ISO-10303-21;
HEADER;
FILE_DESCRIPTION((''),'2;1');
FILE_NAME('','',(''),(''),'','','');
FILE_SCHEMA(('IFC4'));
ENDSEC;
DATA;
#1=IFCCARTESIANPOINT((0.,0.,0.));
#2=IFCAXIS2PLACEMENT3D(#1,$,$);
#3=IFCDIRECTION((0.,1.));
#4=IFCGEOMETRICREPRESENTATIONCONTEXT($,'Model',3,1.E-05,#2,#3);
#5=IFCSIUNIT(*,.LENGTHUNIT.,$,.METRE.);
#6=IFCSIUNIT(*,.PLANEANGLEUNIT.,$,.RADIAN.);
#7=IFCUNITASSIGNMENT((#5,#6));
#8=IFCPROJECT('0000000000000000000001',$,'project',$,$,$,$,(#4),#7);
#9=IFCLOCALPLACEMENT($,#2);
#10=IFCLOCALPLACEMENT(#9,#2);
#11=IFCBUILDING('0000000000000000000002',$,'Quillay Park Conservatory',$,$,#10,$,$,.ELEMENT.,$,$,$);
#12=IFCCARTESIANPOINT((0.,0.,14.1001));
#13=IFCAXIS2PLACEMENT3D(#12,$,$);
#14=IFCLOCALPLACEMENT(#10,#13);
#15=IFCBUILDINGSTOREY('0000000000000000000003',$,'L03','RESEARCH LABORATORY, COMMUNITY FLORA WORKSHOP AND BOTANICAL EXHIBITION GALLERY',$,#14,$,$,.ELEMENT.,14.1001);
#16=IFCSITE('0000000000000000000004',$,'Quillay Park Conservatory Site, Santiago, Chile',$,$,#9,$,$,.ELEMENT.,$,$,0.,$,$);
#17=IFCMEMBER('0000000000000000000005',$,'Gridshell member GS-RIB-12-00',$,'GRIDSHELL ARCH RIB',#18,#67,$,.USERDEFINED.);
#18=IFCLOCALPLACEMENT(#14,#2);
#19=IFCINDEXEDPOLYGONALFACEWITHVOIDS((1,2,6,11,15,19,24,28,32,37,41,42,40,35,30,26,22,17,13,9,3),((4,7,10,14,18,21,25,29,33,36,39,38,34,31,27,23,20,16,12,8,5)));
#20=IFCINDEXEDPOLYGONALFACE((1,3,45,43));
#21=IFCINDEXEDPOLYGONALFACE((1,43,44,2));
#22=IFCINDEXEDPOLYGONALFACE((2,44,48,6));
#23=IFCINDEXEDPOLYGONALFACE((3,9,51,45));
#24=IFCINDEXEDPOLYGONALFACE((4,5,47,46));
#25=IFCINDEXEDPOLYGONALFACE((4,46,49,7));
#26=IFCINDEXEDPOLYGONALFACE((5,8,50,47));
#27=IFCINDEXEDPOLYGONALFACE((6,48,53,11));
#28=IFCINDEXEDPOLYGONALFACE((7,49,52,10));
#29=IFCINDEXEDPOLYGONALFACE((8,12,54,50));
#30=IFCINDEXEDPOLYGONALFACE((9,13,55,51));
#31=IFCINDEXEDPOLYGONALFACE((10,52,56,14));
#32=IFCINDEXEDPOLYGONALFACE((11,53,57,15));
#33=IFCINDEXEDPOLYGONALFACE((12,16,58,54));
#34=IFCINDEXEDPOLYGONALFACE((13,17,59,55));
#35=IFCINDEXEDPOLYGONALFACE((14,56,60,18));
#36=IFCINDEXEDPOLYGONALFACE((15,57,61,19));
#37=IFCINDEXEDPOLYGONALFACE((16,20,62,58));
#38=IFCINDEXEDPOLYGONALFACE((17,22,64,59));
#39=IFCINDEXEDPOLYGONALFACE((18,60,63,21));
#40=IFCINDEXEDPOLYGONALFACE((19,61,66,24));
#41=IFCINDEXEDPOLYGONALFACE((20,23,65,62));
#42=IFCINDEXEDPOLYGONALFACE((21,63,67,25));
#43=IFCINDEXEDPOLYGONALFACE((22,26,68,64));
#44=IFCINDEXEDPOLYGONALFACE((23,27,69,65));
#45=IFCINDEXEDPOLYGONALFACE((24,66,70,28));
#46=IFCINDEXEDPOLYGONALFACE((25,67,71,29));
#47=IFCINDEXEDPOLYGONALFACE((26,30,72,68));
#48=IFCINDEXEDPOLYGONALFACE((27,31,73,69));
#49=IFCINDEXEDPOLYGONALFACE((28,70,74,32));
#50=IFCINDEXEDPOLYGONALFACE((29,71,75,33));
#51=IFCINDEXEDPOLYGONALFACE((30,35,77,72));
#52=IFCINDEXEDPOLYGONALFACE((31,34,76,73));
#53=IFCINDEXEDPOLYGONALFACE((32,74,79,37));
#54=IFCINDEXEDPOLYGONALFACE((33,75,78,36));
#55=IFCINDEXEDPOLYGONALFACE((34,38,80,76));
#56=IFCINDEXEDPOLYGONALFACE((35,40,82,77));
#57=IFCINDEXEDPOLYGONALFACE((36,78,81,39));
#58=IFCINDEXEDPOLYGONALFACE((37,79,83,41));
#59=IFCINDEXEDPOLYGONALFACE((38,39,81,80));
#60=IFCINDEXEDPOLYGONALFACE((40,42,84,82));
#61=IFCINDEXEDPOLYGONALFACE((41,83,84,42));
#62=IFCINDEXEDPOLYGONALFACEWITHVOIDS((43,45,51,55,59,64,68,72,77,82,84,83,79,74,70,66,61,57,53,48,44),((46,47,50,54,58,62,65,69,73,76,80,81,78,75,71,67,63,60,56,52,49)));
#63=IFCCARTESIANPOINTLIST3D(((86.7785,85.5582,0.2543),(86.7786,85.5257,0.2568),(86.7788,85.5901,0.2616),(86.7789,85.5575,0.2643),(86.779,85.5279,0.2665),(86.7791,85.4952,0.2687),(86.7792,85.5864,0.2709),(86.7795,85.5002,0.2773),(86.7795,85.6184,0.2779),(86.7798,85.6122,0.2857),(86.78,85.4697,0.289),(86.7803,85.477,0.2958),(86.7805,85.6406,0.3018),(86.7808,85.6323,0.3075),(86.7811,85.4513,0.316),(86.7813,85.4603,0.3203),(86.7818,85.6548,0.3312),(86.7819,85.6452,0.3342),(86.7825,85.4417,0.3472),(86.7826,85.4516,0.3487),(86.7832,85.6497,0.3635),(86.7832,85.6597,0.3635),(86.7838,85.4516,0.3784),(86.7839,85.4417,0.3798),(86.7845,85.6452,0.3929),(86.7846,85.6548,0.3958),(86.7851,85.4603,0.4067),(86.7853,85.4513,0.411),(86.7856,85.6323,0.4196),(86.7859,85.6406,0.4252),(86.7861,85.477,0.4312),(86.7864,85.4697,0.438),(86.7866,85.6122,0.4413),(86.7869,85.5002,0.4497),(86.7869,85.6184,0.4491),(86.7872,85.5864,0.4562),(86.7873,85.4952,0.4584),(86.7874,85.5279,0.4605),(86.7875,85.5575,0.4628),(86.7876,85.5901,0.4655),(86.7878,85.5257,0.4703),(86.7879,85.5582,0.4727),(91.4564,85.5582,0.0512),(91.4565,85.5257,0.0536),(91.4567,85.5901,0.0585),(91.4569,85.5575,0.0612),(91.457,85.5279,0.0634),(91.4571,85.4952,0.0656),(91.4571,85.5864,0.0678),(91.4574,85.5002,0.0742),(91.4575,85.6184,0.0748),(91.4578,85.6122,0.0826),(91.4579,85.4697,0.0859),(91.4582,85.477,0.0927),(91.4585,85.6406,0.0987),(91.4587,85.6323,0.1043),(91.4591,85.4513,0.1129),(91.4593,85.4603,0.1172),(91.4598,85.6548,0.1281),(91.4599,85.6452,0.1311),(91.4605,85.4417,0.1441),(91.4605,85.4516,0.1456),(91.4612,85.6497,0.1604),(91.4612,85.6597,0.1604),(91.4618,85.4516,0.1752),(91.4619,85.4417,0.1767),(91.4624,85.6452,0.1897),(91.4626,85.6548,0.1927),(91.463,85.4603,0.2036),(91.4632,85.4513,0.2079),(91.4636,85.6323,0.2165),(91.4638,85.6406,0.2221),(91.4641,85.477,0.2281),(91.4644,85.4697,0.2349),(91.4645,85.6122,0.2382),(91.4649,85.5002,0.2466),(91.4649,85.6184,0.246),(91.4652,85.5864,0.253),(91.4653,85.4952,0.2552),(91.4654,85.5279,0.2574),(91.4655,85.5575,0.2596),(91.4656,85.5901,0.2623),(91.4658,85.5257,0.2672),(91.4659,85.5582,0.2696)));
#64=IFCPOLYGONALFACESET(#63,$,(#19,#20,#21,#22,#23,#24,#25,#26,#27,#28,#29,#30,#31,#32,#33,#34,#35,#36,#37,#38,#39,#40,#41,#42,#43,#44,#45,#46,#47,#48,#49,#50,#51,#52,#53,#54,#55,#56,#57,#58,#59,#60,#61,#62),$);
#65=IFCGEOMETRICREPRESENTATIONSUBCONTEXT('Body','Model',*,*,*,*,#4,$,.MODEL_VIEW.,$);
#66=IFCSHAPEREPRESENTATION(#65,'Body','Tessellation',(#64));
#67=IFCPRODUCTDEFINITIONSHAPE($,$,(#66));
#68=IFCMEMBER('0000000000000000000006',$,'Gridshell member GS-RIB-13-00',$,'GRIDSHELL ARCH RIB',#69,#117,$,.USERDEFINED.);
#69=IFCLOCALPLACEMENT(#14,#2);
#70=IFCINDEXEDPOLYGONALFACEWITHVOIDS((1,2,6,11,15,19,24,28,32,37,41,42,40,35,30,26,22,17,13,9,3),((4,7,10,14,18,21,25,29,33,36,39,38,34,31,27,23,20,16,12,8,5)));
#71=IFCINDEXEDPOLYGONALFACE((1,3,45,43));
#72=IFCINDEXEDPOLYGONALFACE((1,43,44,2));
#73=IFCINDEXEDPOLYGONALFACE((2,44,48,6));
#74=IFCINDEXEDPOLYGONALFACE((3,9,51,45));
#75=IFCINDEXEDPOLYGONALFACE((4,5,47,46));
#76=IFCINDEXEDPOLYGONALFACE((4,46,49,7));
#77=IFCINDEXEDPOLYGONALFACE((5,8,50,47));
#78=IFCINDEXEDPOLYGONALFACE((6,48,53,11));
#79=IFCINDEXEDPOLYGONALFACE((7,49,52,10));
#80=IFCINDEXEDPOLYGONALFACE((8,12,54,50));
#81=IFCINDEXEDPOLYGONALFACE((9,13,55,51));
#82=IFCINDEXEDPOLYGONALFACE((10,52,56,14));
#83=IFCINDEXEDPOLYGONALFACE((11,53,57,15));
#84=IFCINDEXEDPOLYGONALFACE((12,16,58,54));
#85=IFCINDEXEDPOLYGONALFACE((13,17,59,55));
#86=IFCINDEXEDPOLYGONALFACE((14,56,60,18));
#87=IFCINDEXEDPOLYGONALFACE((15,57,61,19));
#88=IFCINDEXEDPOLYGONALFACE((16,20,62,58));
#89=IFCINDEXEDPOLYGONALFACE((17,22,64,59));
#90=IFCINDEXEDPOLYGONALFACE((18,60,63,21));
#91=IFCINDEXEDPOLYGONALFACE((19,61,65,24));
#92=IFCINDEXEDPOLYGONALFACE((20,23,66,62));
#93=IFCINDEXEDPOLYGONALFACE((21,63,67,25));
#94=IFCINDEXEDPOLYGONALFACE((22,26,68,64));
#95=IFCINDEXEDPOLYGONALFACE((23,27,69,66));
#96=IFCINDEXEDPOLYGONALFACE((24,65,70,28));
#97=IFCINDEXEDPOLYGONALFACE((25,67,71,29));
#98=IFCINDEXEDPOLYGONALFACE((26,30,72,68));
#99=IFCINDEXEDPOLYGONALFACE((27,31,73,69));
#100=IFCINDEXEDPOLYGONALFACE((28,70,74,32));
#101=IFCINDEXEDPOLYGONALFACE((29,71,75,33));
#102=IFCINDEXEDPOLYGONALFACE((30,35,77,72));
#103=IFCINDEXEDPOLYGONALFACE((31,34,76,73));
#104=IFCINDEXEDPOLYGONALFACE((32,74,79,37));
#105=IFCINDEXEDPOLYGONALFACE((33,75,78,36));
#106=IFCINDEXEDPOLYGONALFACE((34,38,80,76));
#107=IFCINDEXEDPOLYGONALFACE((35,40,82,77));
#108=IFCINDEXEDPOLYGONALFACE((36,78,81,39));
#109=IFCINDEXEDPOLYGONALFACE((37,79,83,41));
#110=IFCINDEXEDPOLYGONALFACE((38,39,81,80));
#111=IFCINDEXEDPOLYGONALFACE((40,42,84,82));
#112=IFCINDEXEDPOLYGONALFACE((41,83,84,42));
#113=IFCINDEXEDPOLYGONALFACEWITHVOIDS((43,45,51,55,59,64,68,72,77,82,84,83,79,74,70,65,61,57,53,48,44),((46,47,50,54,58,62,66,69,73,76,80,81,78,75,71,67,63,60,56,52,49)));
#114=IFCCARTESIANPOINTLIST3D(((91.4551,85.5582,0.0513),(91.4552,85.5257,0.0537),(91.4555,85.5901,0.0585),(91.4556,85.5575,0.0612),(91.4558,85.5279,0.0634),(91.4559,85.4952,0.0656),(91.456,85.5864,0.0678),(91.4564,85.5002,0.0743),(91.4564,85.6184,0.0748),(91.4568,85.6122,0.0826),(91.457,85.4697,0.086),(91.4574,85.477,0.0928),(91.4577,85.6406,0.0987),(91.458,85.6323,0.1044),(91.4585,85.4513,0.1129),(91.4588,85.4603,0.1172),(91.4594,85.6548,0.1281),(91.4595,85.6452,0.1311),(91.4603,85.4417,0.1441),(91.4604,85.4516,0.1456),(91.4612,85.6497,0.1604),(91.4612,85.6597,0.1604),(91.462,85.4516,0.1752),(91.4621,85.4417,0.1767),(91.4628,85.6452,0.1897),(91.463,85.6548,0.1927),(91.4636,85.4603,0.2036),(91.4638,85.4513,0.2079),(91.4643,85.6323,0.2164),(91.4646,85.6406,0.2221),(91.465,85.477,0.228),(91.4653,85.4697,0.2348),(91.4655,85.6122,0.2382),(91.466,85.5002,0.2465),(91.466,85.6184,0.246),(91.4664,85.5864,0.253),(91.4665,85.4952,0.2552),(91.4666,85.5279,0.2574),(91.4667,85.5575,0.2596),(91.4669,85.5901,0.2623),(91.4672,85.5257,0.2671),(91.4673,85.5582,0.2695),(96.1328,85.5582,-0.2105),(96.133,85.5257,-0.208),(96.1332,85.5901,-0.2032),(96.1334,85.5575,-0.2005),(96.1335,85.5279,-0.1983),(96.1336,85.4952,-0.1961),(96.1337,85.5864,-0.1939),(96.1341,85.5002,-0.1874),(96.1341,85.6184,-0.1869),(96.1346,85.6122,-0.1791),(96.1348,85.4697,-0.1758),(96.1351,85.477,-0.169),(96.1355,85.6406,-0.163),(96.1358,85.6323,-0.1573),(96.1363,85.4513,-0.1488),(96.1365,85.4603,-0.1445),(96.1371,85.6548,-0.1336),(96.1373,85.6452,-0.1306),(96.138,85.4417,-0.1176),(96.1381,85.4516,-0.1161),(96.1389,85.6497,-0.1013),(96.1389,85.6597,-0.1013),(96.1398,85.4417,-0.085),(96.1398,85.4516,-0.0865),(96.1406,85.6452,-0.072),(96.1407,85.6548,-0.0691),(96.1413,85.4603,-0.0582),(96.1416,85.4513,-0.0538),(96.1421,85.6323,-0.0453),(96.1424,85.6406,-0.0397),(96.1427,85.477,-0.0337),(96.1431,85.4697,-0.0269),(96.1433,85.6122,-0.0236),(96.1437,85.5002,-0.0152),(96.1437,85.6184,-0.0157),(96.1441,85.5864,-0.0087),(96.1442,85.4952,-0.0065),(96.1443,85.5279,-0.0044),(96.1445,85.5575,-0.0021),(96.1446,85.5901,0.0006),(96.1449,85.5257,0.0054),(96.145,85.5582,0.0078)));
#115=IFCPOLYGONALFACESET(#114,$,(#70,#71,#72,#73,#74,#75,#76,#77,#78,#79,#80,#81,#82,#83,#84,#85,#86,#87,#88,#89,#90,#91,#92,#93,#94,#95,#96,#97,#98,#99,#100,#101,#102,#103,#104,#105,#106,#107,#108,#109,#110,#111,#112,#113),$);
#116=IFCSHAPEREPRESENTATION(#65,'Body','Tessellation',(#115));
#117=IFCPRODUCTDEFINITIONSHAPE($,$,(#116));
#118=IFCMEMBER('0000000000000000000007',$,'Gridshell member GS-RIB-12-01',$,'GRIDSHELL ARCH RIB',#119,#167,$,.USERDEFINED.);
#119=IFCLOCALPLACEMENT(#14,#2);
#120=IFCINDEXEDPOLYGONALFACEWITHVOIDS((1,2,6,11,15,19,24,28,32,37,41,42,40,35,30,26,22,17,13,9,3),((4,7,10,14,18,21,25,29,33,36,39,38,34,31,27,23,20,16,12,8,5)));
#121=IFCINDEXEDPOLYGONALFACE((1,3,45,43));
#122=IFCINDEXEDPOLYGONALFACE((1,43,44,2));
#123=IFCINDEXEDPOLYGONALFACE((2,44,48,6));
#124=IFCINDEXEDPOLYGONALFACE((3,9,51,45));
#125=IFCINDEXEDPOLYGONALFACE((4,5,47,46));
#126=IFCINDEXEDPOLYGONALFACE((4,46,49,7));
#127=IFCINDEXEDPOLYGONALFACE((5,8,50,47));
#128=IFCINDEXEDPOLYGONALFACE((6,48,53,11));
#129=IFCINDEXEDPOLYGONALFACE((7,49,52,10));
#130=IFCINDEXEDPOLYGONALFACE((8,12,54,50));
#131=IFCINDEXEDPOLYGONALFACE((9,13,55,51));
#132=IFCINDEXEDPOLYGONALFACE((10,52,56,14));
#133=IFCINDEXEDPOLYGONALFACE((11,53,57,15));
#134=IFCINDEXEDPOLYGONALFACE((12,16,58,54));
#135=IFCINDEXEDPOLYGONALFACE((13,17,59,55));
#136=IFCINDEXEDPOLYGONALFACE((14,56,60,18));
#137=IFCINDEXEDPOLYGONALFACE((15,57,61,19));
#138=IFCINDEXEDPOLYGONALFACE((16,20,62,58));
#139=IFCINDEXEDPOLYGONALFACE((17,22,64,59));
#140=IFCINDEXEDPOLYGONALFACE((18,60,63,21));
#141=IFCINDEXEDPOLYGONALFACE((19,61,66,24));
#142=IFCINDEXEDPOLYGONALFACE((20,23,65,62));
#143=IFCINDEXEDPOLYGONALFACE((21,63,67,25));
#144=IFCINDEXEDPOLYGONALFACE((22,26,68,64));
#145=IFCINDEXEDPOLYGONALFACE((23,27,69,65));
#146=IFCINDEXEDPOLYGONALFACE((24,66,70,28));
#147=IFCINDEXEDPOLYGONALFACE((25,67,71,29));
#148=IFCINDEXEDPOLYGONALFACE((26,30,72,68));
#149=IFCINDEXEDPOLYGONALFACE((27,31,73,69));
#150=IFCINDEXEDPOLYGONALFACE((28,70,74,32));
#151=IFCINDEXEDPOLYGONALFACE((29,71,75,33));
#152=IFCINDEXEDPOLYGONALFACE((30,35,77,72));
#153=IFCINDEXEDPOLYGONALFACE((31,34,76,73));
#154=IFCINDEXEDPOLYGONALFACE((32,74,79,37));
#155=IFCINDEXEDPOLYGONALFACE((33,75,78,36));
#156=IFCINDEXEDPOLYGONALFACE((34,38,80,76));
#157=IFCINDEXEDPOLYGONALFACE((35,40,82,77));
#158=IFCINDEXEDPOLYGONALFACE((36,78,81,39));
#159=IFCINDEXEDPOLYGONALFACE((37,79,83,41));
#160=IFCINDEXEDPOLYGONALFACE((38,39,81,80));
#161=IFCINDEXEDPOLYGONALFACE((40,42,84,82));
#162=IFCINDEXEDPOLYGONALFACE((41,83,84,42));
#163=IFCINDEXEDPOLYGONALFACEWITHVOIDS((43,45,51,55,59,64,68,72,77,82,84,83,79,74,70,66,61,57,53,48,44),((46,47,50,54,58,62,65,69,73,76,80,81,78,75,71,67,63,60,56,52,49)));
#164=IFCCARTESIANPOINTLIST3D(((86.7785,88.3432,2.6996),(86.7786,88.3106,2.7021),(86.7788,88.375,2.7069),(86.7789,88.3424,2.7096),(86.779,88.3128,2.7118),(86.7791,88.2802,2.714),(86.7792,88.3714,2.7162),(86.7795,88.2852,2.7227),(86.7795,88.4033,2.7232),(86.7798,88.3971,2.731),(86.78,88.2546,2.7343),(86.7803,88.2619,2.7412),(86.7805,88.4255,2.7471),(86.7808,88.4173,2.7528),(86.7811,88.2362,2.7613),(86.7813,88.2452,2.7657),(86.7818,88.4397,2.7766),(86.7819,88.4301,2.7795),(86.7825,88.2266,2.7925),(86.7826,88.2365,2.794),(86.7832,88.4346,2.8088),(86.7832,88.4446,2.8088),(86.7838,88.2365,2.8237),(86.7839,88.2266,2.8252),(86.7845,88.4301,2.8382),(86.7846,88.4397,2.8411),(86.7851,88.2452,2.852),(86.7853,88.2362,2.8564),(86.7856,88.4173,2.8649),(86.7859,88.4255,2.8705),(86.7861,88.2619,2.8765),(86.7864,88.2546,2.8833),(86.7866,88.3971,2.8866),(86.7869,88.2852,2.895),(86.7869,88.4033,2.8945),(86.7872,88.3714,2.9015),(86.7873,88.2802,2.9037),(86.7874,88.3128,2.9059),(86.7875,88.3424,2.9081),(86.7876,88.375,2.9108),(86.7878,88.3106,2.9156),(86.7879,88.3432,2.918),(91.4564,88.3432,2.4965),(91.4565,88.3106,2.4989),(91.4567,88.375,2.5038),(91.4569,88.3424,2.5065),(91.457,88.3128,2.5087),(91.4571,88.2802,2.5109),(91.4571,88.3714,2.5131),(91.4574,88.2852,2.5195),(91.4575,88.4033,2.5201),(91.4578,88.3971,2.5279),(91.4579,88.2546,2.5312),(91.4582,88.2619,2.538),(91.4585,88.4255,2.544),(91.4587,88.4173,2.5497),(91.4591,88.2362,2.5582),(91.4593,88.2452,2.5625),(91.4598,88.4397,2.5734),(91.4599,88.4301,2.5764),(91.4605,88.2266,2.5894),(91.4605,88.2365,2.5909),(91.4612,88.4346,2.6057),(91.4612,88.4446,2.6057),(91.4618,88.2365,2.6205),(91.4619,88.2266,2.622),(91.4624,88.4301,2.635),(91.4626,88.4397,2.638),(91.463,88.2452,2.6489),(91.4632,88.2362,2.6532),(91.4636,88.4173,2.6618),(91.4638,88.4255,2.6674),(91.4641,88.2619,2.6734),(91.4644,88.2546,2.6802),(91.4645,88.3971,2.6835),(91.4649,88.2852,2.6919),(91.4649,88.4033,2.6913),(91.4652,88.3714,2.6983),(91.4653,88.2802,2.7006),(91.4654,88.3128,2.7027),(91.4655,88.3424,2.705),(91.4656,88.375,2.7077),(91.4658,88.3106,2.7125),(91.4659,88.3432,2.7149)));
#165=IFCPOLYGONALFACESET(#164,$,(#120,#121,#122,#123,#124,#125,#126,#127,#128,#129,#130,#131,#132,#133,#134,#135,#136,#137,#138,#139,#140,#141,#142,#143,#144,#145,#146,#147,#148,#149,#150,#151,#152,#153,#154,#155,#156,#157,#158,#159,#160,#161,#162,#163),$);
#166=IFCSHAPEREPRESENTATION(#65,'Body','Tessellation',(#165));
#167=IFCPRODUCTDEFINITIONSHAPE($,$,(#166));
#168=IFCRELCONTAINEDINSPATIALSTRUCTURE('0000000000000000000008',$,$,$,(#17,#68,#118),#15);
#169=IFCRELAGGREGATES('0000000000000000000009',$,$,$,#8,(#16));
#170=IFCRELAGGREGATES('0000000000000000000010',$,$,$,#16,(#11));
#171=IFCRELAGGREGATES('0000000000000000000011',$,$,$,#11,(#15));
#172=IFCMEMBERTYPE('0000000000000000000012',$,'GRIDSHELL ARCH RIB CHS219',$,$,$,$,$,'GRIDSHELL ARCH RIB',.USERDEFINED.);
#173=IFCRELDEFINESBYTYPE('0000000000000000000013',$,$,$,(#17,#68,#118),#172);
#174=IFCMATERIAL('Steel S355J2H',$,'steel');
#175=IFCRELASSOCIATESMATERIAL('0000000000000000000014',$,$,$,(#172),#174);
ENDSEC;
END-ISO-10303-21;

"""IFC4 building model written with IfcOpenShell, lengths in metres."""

from ifc_helpers import new_model, si_unit, direction, frame, origin, origin_2d, place, context, subcontext, project, spatial, hollow_circle, extrude, material, material_profile, profile_set, type_object, element, save


model = new_model("IFC4")

# Units and contexts
model_context = context("Model", 3, precision=1e-05, world=origin(), true_north=direction((0.0, 1.0)))
body_context = subcontext(model_context, "Body", "Model", "MODEL_VIEW")
ifc_project = project(units=[si_unit("LENGTHUNIT", "METRE"), si_unit("PLANEANGLEUNIT", "RADIAN")], contexts=[model_context])

# Site, building, storey
site_placement = place(None, origin())
site = spatial("IfcSite", under=ifc_project, at=site_placement, Name="Quillay Park Conservatory Site, Santiago, Chile", CompositionType="ELEMENT", RefElevation=0.0)
building_placement = place(site_placement, origin())
building = spatial("IfcBuilding", under=site, at=building_placement, Name="Quillay Park Conservatory", CompositionType="ELEMENT")
storey_placement = place(building_placement, frame((0.0, 0.0, 14.1001)))
storey = spatial("IfcBuildingStorey", under=building, at=storey_placement, Name="L03", Description="RESEARCH LABORATORY, COMMUNITY FLORA WORKSHOP AND BOTANICAL EXHIBITION GALLERY", CompositionType="ELEMENT", Elevation=14.1001)

# Members
ifc_material_1 = material(Name="Steel S355J2H", Category="steel")
ifc_material_profile_1 = material_profile(ifc_material_1, hollow_circle(Radius=0.1096, WallThickness=0.01, at=origin_2d()), Name="CHS219.1x10")
ifc_profile_set_1 = profile_set([ifc_material_profile_1], Name="Steel S355J2H")
member_type = type_object("IfcMemberType", Name="GRIDSHELL ARCH RIB CHS219", ElementType="GRIDSHELL ARCH RIB", PredefinedType="USERDEFINED", material=ifc_profile_set_1)
member_1_placement = place(storey_placement, frame((86.7832, 85.55, 0.3635), z_axis=(0.999059, 0.0, -0.043381), x_axis=(0.0, 1.0, 0.0)))
element("IfcMember", 1, at=member_1_placement, inside=storey, type_object=member_type, Name="Gridshell member GS-RIB-12-00", ObjectType="GRIDSHELL ARCH RIB", PredefinedType="USERDEFINED", context=body_context, shape_type="SweptSolid", body=[
    extrude(hollow_circle(Radius=0.1096, WallThickness=0.01, at=origin_2d()), origin(), (0.0, 0.0, 1.0), 4.6824),
])
member_2_placement = place(storey_placement, frame((91.4612, 85.55, 0.1604), z_axis=(0.998438, 0.0, -0.055863), x_axis=(0.0, 1.0, 0.0)))
element("IfcMember", 2, at=member_2_placement, inside=storey, type_object=member_type, Name="Gridshell member GS-RIB-13-00", ObjectType="GRIDSHELL ARCH RIB", PredefinedType="USERDEFINED", context=body_context, shape_type="SweptSolid", body=[
    extrude(hollow_circle(Radius=0.1096, WallThickness=0.01, at=origin_2d()), origin(), (0.0, 0.0, 1.0), 4.6851),
])
member_3_placement = place(storey_placement, frame((86.7832, 88.335, 2.8088), z_axis=(0.999059, 0.0, -0.043381), x_axis=(0.0, 1.0, 0.0)))
element("IfcMember", 3, at=member_3_placement, inside=storey, type_object=member_type, Name="Gridshell member GS-RIB-12-01", ObjectType="GRIDSHELL ARCH RIB", PredefinedType="USERDEFINED", context=body_context, shape_type="SweptSolid", body=[
    extrude(hollow_circle(Radius=0.1096, WallThickness=0.01, at=origin_2d()), origin(), (0.0, 0.0, 1.0), 4.6824),
])

save(model, "model.ifc")
